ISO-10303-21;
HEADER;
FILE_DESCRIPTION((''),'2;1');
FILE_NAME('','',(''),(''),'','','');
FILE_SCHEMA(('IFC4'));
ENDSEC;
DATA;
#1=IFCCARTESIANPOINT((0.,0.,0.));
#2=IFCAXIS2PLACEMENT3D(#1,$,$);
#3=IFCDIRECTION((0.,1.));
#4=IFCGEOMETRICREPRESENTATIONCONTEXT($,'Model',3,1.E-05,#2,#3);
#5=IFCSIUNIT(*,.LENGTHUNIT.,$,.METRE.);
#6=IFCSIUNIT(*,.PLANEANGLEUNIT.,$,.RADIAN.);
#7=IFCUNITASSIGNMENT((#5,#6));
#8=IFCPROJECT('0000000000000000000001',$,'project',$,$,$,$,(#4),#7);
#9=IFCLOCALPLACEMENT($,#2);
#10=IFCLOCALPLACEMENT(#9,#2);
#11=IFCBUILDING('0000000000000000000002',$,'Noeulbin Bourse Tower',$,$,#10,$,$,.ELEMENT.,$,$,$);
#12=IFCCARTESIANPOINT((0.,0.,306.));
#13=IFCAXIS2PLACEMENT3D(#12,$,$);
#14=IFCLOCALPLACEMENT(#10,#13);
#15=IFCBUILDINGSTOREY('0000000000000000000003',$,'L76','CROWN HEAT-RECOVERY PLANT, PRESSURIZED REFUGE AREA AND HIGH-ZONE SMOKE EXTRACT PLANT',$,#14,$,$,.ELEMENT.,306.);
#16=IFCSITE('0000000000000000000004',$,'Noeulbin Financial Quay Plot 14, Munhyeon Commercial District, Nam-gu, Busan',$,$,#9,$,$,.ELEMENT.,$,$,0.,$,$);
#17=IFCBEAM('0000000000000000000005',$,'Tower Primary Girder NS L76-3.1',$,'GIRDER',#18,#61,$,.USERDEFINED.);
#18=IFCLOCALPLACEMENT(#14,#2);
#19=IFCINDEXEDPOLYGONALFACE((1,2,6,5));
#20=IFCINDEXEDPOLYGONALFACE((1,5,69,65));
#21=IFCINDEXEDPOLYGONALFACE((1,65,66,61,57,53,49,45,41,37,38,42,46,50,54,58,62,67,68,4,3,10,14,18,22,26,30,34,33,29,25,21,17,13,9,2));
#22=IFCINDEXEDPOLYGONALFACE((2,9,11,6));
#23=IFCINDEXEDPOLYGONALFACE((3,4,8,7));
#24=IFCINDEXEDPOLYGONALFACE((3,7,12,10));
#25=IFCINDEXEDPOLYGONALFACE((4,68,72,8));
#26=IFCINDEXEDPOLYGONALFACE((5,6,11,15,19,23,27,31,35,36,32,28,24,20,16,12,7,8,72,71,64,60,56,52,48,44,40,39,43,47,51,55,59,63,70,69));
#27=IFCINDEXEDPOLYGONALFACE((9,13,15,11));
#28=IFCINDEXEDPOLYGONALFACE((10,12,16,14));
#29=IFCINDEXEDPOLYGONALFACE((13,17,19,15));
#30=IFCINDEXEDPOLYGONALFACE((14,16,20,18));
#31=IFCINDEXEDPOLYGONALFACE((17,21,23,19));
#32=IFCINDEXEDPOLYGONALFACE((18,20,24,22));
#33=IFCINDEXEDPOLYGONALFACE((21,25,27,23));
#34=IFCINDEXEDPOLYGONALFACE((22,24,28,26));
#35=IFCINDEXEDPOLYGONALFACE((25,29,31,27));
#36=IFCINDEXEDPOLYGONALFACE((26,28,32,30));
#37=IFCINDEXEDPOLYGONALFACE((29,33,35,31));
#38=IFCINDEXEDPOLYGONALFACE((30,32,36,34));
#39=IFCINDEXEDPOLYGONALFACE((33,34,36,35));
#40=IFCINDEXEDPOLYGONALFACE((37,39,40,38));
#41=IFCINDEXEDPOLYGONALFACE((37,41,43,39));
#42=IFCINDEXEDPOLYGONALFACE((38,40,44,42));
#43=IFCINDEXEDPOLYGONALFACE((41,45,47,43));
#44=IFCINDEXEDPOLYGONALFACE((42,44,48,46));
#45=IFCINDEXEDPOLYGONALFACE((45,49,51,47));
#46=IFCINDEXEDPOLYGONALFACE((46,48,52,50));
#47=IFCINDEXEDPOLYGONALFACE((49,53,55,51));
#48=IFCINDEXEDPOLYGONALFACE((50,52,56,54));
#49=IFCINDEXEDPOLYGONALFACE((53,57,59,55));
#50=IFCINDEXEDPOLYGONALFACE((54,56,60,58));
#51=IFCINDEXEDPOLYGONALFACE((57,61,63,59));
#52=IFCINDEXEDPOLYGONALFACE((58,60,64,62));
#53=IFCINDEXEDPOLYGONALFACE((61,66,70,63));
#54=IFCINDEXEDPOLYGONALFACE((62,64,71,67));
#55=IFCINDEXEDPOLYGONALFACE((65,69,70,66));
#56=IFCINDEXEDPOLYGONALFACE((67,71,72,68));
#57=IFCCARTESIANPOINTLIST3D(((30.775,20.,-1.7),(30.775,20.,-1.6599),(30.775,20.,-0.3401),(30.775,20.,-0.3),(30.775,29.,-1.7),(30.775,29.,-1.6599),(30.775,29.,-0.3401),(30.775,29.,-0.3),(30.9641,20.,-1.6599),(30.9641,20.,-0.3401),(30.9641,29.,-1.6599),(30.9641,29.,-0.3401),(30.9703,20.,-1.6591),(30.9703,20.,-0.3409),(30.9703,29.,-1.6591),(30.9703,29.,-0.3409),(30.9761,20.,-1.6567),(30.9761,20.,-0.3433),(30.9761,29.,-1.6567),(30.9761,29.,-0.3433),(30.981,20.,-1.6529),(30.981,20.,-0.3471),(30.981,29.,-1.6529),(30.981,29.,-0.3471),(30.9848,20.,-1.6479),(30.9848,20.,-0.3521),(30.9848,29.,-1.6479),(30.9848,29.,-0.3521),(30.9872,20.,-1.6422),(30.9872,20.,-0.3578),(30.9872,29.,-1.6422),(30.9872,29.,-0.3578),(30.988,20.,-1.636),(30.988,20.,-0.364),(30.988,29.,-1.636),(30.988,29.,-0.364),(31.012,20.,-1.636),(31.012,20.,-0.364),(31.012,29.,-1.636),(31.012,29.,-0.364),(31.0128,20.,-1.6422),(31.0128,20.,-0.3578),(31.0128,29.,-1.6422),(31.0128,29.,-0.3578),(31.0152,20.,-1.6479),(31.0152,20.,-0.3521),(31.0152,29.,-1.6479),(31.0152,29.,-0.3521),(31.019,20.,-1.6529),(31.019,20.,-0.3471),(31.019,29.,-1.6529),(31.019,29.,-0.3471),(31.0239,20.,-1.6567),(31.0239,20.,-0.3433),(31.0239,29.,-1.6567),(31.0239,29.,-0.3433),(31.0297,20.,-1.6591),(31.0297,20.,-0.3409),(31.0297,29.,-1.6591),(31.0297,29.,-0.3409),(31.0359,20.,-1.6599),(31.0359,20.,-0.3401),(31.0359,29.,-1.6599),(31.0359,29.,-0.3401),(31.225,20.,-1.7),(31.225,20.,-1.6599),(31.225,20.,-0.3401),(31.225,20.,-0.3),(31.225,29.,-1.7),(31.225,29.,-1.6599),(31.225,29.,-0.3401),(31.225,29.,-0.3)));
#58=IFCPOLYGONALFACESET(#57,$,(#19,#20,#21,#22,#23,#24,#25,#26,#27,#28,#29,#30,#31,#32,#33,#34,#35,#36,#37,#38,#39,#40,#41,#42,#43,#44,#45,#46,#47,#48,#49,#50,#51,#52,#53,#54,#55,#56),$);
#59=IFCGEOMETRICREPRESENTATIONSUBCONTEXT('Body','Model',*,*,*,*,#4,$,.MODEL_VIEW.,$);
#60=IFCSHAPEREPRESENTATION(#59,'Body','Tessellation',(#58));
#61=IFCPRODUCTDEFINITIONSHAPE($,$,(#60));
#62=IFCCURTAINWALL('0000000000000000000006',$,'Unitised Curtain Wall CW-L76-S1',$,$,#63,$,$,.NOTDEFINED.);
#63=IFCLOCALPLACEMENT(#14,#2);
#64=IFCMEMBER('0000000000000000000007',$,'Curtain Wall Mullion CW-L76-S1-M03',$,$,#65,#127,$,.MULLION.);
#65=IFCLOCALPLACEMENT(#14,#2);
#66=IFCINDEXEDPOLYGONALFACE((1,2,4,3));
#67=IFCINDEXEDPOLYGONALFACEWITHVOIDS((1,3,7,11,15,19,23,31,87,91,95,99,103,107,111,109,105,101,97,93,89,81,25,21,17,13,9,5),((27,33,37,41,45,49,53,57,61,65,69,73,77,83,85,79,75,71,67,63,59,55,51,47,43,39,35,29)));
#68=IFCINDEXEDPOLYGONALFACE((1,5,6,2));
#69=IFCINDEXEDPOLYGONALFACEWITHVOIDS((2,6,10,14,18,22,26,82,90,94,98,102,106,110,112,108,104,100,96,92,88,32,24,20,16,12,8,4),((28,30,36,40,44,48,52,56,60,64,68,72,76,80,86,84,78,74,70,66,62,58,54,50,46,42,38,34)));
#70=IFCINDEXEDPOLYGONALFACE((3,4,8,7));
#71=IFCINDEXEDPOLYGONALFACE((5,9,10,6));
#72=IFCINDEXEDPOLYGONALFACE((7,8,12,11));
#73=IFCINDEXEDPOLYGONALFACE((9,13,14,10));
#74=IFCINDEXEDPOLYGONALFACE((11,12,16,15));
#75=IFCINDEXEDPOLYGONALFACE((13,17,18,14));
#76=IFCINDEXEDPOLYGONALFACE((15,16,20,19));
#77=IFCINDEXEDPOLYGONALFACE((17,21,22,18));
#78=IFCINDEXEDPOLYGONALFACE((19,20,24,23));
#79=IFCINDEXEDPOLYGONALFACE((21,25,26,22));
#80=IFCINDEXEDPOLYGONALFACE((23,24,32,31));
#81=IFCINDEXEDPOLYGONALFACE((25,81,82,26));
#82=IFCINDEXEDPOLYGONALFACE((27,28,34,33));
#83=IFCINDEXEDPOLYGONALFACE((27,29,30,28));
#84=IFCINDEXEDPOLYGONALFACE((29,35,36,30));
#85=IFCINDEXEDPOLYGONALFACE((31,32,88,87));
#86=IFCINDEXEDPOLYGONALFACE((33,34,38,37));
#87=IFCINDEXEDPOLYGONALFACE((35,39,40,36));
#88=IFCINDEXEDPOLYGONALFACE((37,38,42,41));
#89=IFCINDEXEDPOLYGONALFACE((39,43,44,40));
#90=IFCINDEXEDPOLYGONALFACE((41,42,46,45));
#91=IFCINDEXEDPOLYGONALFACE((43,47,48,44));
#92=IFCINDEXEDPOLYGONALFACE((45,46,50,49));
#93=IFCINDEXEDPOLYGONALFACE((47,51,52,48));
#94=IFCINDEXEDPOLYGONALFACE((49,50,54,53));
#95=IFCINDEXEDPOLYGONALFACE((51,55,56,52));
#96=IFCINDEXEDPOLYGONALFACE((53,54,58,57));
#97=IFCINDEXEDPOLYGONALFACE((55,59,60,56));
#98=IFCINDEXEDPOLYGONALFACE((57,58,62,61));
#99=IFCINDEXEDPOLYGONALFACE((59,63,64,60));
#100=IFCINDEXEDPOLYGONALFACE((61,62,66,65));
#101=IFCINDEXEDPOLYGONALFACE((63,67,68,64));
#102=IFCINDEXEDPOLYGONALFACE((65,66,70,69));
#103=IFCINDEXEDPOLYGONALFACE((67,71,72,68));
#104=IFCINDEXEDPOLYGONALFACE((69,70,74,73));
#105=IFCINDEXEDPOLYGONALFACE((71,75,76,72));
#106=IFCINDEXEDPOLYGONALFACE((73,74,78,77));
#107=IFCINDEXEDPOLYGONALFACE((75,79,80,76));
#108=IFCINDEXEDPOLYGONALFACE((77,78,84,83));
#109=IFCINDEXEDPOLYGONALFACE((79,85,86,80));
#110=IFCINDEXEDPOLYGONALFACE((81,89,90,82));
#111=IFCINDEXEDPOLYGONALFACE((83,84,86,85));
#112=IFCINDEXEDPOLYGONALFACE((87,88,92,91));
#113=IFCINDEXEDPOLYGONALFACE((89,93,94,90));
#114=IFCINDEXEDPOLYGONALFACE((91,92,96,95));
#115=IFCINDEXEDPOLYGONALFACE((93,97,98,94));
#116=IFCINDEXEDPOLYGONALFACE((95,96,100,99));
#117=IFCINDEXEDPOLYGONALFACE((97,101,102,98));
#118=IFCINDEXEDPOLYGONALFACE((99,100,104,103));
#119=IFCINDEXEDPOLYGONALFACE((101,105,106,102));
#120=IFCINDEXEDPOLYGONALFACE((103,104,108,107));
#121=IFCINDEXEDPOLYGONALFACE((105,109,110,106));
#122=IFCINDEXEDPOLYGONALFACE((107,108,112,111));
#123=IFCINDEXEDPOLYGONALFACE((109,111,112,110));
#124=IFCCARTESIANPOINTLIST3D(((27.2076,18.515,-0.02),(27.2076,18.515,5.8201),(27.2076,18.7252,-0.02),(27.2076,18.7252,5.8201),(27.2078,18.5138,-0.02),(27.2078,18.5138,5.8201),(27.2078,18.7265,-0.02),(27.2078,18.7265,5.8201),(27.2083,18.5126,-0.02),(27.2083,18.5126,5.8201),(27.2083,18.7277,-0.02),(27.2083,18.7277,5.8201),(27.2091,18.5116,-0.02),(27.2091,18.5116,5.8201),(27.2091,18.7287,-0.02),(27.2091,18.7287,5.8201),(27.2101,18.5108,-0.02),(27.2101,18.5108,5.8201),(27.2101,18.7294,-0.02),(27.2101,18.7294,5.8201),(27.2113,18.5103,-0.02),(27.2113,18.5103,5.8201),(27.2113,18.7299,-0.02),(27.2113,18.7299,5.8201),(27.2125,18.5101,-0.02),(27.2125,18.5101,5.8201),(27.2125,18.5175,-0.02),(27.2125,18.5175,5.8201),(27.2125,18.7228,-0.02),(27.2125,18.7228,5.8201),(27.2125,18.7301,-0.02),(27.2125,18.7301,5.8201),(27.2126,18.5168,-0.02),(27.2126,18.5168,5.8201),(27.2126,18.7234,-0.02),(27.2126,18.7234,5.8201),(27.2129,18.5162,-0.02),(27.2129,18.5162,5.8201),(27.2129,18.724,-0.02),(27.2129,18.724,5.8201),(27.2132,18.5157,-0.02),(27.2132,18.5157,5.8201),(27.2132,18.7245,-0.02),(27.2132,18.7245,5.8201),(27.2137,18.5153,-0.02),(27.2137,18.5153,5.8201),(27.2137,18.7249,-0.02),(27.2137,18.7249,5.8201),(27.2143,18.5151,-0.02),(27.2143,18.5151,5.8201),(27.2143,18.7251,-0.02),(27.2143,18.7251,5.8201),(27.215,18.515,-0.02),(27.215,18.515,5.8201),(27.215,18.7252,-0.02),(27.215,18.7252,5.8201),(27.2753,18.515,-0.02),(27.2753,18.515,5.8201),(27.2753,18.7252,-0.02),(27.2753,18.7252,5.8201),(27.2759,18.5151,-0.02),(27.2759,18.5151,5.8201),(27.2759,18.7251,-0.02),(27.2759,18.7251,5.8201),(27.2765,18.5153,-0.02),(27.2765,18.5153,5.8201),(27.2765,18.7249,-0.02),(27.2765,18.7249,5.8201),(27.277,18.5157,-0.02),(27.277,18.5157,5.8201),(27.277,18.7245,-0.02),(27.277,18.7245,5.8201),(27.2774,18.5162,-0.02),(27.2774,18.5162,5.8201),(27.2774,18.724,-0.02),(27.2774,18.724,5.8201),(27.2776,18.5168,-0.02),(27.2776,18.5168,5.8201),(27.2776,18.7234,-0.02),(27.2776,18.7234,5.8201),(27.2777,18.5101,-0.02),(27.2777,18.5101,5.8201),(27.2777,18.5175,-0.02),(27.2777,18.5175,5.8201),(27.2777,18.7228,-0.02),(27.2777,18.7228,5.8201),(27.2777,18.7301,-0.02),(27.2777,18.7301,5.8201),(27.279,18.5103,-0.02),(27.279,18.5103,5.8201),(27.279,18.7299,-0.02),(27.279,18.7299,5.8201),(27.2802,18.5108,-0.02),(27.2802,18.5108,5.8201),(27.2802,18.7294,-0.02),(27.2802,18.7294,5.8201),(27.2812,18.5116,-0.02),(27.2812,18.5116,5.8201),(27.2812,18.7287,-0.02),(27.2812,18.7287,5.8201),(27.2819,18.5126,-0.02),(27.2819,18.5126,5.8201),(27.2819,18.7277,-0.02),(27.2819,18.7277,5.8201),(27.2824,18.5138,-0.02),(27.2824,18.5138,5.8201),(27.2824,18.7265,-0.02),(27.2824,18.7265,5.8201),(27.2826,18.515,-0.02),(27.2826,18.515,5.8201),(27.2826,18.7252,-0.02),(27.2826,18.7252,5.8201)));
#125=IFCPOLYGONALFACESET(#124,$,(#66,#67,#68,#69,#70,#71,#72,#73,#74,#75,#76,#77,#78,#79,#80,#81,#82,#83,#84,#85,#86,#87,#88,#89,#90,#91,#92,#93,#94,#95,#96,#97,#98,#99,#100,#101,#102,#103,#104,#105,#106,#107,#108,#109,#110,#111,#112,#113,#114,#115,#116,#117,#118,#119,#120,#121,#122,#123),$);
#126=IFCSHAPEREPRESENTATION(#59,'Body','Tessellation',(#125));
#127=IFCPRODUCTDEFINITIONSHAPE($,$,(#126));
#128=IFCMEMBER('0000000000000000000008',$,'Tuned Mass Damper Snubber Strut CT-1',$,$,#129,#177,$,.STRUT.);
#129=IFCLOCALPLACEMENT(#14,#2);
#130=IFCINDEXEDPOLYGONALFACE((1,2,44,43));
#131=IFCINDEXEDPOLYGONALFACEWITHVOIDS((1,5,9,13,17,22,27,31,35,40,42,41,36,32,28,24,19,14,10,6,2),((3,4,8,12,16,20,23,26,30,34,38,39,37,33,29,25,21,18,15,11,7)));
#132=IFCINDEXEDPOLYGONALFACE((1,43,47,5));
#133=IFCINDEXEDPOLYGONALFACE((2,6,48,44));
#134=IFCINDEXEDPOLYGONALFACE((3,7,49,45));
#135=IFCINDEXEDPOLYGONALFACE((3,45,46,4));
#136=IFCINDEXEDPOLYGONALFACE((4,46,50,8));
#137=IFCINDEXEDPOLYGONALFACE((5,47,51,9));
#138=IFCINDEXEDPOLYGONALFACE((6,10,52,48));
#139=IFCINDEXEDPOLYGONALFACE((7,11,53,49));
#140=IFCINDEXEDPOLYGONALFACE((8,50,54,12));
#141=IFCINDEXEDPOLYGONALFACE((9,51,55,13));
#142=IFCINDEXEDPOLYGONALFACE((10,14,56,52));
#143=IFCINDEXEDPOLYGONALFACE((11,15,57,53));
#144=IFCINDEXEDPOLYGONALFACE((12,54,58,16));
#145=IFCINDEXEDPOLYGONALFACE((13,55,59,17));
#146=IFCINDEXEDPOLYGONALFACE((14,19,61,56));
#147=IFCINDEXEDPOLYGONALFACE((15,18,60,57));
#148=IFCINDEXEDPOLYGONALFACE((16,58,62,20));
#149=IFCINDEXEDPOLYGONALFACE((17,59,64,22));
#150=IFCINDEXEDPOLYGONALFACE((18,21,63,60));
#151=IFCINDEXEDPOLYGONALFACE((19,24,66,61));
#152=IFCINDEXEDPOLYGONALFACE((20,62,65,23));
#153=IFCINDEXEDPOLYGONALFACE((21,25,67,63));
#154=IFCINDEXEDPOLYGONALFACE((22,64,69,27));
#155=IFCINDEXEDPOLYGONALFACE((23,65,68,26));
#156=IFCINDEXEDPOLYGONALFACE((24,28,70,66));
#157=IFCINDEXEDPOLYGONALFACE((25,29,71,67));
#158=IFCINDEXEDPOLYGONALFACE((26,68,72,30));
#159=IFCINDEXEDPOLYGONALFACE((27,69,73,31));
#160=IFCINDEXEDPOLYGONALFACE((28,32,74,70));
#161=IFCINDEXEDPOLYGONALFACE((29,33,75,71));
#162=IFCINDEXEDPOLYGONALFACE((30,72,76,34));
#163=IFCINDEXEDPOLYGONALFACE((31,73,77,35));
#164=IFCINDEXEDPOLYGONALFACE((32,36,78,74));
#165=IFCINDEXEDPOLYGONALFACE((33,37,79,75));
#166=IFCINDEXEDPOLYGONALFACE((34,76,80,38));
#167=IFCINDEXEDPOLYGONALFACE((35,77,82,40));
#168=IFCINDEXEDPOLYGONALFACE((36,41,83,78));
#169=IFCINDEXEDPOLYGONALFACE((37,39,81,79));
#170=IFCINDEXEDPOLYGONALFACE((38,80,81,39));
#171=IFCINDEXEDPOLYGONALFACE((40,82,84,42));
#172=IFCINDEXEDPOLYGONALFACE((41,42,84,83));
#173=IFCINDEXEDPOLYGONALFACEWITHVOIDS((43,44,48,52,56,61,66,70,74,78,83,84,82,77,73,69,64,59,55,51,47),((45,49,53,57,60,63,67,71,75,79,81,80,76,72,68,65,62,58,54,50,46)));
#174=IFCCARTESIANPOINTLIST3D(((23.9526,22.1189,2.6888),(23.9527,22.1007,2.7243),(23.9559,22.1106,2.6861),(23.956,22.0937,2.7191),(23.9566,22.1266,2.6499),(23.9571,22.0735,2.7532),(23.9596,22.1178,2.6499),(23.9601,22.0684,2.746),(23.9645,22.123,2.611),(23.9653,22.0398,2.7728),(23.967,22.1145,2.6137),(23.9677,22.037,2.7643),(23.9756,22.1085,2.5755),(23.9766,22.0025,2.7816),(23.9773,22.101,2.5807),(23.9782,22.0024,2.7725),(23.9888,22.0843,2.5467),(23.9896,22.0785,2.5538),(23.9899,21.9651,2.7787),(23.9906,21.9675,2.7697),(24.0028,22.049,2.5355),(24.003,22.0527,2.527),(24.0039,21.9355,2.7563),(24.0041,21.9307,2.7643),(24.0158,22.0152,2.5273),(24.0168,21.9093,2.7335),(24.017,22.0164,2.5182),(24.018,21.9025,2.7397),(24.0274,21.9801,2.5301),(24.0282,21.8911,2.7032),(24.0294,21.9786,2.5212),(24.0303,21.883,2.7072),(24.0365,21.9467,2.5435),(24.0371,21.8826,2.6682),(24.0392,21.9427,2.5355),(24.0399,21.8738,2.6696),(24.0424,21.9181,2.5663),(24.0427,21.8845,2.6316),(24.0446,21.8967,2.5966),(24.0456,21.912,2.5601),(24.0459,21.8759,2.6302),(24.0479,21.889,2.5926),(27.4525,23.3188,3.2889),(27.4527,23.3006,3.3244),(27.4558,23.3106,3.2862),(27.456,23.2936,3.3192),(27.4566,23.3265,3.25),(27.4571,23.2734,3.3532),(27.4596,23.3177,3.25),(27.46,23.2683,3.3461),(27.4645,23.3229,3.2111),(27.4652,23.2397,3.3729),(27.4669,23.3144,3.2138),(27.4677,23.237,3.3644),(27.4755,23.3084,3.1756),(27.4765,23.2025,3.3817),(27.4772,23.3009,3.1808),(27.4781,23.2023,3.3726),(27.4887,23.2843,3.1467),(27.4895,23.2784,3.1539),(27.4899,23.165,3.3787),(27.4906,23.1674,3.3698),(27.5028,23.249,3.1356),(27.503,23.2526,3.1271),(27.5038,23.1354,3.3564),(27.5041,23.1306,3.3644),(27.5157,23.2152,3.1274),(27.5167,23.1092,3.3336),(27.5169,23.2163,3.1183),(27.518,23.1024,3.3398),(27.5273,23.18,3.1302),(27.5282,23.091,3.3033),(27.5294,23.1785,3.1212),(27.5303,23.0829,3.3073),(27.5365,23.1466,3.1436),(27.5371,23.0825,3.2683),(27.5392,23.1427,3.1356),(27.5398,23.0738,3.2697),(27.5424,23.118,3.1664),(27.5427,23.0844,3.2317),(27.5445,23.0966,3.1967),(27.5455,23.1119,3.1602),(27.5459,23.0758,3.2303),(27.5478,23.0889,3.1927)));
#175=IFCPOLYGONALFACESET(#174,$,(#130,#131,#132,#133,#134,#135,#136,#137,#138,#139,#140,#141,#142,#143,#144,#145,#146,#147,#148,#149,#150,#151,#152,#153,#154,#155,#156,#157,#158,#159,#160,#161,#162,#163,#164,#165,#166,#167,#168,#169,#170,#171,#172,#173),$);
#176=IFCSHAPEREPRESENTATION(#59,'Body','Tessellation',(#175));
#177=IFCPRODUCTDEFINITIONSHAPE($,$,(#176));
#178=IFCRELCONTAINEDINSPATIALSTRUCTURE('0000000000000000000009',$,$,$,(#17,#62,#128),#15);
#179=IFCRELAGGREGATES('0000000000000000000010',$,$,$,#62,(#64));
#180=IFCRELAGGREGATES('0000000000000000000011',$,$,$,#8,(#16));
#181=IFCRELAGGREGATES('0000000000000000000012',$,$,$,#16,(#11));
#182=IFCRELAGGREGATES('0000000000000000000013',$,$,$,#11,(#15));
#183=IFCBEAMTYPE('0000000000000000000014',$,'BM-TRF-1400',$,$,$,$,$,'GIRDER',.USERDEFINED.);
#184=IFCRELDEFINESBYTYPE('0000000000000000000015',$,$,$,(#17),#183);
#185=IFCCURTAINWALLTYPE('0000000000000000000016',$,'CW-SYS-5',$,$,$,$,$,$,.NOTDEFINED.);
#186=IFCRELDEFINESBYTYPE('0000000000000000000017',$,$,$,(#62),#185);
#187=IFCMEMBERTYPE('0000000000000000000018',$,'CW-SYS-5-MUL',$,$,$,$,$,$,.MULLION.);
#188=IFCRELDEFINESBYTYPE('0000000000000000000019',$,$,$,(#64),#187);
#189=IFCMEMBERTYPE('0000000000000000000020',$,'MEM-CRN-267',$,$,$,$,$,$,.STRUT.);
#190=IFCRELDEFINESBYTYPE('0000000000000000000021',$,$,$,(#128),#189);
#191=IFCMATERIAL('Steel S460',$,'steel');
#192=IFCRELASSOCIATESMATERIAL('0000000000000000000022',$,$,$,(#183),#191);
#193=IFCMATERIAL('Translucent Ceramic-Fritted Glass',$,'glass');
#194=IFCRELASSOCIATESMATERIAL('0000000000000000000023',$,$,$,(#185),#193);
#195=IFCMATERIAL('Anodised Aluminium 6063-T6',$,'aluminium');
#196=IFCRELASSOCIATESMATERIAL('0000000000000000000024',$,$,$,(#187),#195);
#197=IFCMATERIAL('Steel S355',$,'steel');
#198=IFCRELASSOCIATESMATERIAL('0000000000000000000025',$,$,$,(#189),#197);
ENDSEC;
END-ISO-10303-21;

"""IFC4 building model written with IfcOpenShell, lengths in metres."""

from ifc_helpers import new_model, si_unit, direction, frame, origin, origin_2d, place, context, subcontext, project, spatial, hollow_rectangle, hollow_circle, i_section, extrude, material, material_profile, profile_set, type_object, element, aggregate, save


model = new_model("IFC4")

# Units and contexts
model_context = context("Model", 3, precision=1e-05, world=origin(), true_north=direction((0.0, 1.0)))
body_context = subcontext(model_context, "Body", "Model", "MODEL_VIEW")
ifc_project = project(units=[si_unit("LENGTHUNIT", "METRE"), si_unit("PLANEANGLEUNIT", "RADIAN")], contexts=[model_context])

# Site, building, storey
site_placement = place(None, origin())
site = spatial("IfcSite", under=ifc_project, at=site_placement, Name="Noeulbin Financial Quay Plot 14, Munhyeon Commercial District, Nam-gu, Busan", CompositionType="ELEMENT", RefElevation=0.0)
building_placement = place(site_placement, origin())
building = spatial("IfcBuilding", under=site, at=building_placement, Name="Noeulbin Bourse Tower", CompositionType="ELEMENT")
storey_placement = place(building_placement, frame((0.0, 0.0, 306.0)))
storey = spatial("IfcBuildingStorey", under=building, at=storey_placement, Name="L76", Description="CROWN HEAT-RECOVERY PLANT, PRESSURIZED REFUGE AREA AND HIGH-ZONE SMOKE EXTRACT PLANT", CompositionType="ELEMENT", Elevation=306.0)

# Shared definitions
ifc_material_1 = material(Name="Steel S355", Category="steel")

# Beam
ifc_material_2 = material(Name="Steel S460", Category="steel")
ifc_material_profile_1 = material_profile(ifc_material_2, i_section(OverallWidth=0.45, OverallDepth=1.3999, WebThickness=0.0239, FlangeThickness=0.04, FilletRadius=0.0239, at=origin_2d()), Name="PG-1400x450x24x40", Category="LoadBearing")
ifc_profile_set_1 = profile_set([ifc_material_profile_1], Name="Steel S460")
beam_type_1 = type_object("IfcBeamType", Name="BM-TRF-1400", ElementType="GIRDER", PredefinedType="USERDEFINED", material=ifc_profile_set_1)
beam_1_placement = place(storey_placement, frame((31.0, 20.0, -1.0), z_axis=(0.0, 1.0, 0.0), x_axis=(-1.0, 0.0, 0.0)))
element("IfcBeam", 1, at=beam_1_placement, inside=storey, type_object=beam_type_1, Name="Tower Primary Girder NS L76-3.1", ObjectType="GIRDER", PredefinedType="USERDEFINED", context=body_context, shape_type="SweptSolid", body=[
    extrude(i_section(OverallWidth=0.45, OverallDepth=1.3999, WebThickness=0.0239, FlangeThickness=0.04, FilletRadius=0.0239, at=origin_2d()), origin(), (0.0, 0.0, 1.0), 9.0),
])

# Curtain wall, member
ifc_material_3 = material(Name="Translucent Ceramic-Fritted Glass", Category="glass")
curtain_wall_type = type_object("IfcCurtainWallType", Name="CW-SYS-5", PredefinedType="NOTDEFINED", material=ifc_material_3)
curtain_wall_placement = place(storey_placement, origin())
curtain_wall = element("IfcCurtainWall", 2, at=curtain_wall_placement, inside=storey, type_object=curtain_wall_type, Name="Unitised Curtain Wall CW-L76-S1", PredefinedType="NOTDEFINED")
ifc_material_4 = material(Name="Anodised Aluminium 6063-T6", Category="aluminium")
ifc_material_profile_2 = material_profile(ifc_material_4, hollow_rectangle(XDim=0.075, YDim=0.22, WallThickness=0.0049, InnerFilletRadius=0.0024, OuterFilletRadius=0.0049, at=origin_2d()), Name="ALU-MULL-75x220x5", Category="LoadBearing")
ifc_profile_set_2 = profile_set([ifc_material_profile_2], Name="Anodised Aluminium 6063-T6")
member_type_1 = type_object("IfcMemberType", Name="CW-SYS-5-MUL", PredefinedType="MULLION", material=ifc_profile_set_2)
member_placement = place(storey_placement, frame((27.2451, 18.6201, -0.02), z_axis=(0.0, 0.0, 1.0), x_axis=(1.0, 0.0, 0.0)))
member = element("IfcMember", 3, at=member_placement, type_object=member_type_1, Name="Curtain Wall Mullion CW-L76-S1-M03", PredefinedType="MULLION", context=body_context, shape_type="SweptSolid", body=[
    extrude(hollow_rectangle(XDim=0.075, YDim=0.22, WallThickness=0.0049, InnerFilletRadius=0.0024, OuterFilletRadius=0.0049, at=origin_2d()), origin(), (0.0, 0.0, 1.0), 5.8401),
])

# Member
ifc_material_profile_3 = material_profile(ifc_material_1, hollow_circle(Radius=0.1338, WallThickness=0.0093, at=origin_2d()), Name="CHS-267.4x9.3", Category="LoadBearing")
ifc_profile_set_3 = profile_set([ifc_material_profile_3], Name="Steel S355")
member_type_2 = type_object("IfcMemberType", Name="MEM-CRN-267", PredefinedType="STRUT", material=ifc_profile_set_3)
for number, where, z_axis, x_axis, name in (
    (4, (24.0, 22.0, 2.6499), (0.933748, 0.320129, 0.160097), (-0.324313, 0.94595, 0.0), "Tuned Mass Damper Snubber Strut CT-1"),
):
    element("IfcMember", number, at=place(storey_placement, frame(where, z_axis=z_axis, x_axis=x_axis)), inside=storey, type_object=member_type_2, Name=name, PredefinedType="STRUT", context=body_context, shape_type="SweptSolid", body=[
        extrude(hollow_circle(Radius=0.1338, WallThickness=0.0093, at=origin_2d()), origin(), (0.0, 0.0, 1.0), 3.7483),
    ])

aggregate(curtain_wall, [member])

save(model, "model.ifc")
